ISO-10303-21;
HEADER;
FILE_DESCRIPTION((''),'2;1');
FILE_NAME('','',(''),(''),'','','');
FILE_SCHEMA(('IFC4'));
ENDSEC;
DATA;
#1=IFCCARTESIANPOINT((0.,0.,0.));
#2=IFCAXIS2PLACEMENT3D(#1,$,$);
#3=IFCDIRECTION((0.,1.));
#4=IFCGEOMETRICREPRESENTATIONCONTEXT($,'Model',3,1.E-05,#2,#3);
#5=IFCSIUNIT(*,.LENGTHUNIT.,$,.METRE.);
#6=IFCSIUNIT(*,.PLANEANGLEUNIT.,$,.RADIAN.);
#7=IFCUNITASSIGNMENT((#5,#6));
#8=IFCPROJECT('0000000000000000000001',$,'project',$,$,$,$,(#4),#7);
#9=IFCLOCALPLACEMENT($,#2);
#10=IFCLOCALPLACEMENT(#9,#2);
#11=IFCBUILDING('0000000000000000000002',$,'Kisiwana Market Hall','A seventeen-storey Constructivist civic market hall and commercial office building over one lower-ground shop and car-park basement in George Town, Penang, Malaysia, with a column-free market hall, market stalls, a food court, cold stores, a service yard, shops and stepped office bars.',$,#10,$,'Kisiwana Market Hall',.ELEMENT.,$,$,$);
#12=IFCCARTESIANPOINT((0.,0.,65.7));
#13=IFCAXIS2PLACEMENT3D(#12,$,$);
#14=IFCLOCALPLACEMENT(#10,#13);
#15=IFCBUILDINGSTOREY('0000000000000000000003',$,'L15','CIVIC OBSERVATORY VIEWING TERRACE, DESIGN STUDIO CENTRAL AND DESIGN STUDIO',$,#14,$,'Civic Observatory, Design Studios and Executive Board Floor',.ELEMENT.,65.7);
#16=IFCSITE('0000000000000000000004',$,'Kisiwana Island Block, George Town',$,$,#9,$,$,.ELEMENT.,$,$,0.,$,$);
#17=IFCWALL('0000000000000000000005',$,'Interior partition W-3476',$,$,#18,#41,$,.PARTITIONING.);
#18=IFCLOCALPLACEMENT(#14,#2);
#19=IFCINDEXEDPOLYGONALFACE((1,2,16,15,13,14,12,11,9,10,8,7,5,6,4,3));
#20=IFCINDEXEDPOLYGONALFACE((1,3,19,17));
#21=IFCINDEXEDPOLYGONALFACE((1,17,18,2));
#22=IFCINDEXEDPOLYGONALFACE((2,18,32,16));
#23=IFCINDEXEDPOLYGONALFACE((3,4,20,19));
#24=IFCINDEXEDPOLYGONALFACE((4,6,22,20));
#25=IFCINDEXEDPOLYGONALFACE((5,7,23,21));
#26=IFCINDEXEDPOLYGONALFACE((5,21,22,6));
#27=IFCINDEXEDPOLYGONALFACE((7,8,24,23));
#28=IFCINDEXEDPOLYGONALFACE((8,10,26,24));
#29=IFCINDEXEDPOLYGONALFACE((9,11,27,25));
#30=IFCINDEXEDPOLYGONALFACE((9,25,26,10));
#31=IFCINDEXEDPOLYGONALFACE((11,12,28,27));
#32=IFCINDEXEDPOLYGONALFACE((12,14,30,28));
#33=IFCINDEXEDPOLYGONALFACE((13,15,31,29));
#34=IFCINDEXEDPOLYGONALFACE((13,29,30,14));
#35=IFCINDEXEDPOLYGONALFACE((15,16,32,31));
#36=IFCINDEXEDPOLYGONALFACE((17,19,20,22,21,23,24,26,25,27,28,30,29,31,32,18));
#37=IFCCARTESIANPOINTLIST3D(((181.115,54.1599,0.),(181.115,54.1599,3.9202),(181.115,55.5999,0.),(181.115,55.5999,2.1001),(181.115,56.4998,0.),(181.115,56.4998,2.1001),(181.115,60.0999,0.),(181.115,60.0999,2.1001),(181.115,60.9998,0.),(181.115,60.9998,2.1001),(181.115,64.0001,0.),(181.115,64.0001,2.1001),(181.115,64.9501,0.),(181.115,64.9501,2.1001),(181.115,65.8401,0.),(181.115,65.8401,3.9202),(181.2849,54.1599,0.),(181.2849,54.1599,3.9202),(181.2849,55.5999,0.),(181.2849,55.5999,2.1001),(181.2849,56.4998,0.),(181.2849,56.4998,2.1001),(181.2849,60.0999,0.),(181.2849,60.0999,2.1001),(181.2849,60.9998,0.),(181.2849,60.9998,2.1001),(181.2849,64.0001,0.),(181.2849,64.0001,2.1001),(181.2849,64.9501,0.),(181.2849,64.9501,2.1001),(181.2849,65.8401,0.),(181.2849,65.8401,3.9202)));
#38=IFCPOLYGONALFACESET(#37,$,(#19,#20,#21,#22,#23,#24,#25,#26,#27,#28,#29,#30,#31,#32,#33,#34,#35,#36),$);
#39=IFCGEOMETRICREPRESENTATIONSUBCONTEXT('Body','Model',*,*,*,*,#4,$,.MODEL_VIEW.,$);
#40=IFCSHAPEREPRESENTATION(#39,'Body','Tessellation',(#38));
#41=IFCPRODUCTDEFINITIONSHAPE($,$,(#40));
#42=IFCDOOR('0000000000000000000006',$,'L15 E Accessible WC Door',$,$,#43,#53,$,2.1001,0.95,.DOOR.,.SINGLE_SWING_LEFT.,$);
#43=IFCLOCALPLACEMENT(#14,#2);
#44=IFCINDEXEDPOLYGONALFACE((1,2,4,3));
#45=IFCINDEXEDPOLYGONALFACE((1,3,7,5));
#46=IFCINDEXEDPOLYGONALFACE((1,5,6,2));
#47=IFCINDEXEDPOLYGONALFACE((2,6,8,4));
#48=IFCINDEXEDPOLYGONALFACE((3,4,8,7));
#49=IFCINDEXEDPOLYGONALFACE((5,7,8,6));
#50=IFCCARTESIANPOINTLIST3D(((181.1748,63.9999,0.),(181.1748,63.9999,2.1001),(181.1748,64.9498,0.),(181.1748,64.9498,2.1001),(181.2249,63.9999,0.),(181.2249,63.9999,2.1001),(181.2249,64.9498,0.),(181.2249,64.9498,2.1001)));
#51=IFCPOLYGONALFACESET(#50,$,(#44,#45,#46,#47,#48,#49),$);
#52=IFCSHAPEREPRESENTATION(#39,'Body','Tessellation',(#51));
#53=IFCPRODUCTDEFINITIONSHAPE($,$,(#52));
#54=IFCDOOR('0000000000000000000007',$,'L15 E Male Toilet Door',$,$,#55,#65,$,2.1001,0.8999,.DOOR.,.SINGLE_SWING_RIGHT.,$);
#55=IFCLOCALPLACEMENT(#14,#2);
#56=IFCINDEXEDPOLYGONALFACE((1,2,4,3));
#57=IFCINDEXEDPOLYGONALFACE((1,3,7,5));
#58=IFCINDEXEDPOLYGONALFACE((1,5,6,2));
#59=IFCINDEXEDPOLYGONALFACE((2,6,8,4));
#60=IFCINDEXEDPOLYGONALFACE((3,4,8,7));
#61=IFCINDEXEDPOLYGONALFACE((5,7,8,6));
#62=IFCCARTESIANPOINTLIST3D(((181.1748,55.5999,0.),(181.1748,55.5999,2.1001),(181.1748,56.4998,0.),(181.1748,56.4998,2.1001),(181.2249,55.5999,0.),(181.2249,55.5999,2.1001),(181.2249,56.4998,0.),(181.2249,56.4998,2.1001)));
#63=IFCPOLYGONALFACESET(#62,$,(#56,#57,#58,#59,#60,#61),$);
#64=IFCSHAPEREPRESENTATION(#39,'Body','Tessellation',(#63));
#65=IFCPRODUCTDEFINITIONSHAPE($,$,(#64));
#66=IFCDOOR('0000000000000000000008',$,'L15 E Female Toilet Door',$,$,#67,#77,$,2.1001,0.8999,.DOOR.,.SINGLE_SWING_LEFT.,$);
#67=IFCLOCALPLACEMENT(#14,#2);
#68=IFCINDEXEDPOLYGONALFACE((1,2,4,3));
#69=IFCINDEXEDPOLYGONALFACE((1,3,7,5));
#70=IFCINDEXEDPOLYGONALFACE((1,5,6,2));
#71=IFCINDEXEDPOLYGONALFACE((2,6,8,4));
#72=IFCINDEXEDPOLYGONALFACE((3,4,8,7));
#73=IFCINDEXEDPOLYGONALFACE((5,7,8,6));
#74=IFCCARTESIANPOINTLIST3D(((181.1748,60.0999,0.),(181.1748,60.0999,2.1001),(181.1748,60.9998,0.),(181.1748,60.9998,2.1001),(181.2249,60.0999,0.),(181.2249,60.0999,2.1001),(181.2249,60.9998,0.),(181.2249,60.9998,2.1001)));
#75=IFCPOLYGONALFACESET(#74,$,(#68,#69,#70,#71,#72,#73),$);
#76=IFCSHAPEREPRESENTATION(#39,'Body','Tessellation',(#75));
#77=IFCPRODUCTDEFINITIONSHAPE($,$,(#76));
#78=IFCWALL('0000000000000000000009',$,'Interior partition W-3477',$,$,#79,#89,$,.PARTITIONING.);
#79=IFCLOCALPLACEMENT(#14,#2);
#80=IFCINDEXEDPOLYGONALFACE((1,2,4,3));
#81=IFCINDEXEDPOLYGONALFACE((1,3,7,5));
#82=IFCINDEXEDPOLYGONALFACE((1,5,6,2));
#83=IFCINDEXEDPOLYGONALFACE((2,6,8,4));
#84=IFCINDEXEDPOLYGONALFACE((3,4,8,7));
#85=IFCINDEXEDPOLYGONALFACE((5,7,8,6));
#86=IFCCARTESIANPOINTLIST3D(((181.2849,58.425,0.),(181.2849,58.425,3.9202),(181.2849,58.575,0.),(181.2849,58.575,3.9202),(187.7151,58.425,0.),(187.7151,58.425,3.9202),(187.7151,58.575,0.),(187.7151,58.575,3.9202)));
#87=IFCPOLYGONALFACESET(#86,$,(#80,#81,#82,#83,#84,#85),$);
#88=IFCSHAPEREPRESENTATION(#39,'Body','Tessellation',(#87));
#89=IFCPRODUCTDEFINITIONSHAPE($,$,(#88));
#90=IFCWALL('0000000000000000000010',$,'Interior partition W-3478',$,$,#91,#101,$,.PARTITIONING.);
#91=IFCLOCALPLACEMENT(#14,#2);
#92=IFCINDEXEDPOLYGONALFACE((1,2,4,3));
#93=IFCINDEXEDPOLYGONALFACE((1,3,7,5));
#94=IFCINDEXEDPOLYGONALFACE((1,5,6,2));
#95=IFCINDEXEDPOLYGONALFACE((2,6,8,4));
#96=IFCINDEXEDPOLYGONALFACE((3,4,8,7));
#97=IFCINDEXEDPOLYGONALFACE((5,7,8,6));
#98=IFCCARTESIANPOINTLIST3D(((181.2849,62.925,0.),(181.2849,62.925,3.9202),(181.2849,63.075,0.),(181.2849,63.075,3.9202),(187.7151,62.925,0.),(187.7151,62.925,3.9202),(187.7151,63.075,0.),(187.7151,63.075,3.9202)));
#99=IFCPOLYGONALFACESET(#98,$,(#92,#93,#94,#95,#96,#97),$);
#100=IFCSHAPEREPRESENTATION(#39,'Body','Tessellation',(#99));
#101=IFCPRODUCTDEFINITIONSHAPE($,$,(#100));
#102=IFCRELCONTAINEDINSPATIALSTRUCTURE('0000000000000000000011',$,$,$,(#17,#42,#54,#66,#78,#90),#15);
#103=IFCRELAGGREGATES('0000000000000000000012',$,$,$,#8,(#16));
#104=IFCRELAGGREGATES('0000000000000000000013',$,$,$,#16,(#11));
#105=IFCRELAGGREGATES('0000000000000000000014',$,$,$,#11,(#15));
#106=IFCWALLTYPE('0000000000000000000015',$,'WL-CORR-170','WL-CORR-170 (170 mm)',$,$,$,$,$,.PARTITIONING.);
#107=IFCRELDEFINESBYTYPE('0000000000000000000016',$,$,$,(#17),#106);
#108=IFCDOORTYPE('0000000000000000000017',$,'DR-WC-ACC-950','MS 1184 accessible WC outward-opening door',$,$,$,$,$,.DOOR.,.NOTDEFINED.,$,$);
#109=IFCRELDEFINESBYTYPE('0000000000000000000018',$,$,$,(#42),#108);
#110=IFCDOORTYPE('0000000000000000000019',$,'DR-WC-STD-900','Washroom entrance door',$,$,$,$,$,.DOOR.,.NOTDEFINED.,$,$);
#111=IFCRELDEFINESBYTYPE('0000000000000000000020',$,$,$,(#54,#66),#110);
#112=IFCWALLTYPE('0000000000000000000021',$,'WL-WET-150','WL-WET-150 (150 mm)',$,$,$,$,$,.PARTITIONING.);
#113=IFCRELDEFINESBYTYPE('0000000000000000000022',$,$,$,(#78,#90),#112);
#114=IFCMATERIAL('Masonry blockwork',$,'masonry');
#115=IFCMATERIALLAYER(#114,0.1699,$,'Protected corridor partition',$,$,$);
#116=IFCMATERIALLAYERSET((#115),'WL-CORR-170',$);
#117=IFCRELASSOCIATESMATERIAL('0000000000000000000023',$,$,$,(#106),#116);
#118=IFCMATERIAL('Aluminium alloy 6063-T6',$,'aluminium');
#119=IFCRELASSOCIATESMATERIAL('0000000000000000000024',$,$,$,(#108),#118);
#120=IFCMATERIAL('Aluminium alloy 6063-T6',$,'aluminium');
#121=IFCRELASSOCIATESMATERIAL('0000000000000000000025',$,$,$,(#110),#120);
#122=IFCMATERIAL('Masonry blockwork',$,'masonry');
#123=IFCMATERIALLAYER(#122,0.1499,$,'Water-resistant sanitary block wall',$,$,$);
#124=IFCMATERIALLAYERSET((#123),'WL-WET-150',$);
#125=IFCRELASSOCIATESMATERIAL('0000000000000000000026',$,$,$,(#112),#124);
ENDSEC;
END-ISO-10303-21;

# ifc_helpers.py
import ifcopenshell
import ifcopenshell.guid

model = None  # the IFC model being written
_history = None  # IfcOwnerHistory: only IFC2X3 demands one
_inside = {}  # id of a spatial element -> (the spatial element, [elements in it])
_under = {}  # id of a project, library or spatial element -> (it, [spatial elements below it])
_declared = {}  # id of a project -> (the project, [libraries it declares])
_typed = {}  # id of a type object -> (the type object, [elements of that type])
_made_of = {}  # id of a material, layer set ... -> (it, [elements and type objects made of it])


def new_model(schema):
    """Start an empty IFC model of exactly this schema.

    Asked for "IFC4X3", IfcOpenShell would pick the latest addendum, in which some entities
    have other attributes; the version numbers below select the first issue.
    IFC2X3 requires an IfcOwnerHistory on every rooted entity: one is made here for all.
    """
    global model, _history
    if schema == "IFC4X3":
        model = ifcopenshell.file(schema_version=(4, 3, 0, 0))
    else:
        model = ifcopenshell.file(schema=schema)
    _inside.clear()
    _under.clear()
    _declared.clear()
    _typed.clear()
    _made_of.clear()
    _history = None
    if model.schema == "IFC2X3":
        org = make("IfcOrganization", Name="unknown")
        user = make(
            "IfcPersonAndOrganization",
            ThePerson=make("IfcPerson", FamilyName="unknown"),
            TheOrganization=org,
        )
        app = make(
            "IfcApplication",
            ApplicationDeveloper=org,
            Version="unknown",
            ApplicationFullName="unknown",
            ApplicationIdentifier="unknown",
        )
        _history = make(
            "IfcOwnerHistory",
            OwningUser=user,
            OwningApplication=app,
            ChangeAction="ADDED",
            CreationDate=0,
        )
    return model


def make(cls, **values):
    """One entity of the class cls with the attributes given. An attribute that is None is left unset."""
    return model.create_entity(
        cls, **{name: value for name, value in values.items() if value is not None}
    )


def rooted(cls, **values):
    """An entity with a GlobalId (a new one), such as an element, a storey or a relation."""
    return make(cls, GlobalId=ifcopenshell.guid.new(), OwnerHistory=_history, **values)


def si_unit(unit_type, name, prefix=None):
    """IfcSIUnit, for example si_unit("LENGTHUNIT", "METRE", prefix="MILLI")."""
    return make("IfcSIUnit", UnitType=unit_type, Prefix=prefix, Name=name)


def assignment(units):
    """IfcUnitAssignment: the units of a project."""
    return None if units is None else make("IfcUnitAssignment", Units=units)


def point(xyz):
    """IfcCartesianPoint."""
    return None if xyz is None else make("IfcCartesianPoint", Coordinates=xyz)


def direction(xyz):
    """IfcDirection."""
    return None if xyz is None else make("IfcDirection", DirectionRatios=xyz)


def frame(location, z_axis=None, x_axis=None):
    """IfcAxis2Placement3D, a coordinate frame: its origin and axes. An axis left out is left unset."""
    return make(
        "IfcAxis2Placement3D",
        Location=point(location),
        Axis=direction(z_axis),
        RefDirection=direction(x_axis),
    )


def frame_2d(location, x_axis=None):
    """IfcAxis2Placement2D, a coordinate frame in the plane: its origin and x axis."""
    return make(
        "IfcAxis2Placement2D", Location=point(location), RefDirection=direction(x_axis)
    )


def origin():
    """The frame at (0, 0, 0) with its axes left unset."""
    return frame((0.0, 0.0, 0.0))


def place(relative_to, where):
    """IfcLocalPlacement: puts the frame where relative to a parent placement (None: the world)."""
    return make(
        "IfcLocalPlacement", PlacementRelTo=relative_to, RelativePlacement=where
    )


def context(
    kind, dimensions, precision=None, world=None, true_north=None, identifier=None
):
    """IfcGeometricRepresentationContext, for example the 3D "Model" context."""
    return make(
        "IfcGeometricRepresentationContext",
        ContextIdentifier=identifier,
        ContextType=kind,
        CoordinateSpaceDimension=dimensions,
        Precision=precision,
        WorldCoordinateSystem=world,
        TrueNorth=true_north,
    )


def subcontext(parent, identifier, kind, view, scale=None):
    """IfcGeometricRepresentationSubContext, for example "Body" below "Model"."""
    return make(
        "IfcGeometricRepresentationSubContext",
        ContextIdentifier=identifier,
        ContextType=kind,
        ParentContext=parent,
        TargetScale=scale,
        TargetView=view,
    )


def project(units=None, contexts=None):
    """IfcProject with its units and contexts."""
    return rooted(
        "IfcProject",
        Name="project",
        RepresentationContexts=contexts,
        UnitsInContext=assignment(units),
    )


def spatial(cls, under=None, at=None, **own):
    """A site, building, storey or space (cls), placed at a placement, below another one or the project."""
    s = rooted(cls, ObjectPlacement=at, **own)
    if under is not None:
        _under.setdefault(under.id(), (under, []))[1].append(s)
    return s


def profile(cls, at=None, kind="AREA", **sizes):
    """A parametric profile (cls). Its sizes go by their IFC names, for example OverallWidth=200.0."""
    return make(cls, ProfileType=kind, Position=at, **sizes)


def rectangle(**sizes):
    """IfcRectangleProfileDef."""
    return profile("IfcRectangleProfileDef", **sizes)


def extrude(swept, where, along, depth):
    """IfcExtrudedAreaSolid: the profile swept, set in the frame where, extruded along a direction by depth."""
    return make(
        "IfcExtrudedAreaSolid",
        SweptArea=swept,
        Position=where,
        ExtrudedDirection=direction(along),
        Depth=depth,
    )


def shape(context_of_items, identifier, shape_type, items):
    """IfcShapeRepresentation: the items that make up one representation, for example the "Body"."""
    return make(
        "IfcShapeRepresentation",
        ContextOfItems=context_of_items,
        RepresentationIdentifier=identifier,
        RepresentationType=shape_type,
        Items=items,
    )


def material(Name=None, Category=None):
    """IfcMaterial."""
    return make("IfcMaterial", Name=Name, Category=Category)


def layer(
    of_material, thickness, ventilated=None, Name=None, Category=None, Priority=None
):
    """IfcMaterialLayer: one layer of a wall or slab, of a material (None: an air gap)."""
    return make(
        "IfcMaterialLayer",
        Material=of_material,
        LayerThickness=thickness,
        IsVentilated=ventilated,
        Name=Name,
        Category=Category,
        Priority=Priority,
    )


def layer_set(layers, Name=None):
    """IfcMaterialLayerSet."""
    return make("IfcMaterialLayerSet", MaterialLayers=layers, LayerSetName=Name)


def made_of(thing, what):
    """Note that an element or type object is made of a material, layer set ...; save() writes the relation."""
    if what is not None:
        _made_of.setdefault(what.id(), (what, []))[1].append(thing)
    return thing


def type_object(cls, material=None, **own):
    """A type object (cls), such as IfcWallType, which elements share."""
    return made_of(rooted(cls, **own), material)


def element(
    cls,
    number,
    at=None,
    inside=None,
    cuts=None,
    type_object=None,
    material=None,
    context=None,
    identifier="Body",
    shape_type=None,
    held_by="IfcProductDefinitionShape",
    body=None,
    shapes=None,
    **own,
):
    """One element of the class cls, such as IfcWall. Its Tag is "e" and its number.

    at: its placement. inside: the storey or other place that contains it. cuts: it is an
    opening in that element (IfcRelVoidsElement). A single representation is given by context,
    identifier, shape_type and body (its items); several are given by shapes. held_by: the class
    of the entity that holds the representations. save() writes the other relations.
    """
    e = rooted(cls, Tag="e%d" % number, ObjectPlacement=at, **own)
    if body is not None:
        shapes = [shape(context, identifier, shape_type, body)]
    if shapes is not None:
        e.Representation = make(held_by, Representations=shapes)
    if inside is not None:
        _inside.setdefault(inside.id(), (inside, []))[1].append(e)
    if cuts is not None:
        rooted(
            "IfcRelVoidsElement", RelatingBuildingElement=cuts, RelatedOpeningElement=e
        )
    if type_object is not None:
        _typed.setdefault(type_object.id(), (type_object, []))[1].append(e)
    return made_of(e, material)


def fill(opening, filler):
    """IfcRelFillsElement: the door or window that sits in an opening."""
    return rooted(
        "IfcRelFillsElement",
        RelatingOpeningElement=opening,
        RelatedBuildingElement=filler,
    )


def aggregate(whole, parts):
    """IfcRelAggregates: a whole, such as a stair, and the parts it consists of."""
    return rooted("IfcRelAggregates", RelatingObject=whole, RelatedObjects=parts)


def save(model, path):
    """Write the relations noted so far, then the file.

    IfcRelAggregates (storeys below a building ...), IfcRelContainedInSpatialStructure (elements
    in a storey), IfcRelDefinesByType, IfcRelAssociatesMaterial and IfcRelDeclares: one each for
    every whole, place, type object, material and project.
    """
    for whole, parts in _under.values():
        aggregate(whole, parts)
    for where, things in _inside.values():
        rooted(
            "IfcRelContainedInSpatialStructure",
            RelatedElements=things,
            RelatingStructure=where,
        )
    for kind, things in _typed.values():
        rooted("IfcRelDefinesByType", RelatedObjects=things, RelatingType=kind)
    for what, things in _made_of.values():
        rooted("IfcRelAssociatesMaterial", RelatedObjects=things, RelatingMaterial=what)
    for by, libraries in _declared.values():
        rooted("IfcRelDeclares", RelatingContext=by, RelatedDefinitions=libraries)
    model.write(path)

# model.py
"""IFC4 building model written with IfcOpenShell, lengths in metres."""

from ifc_helpers import new_model, si_unit, direction, frame, frame_2d, origin, place, context, subcontext, project, spatial, rectangle, extrude, material, layer, layer_set, type_object, element, fill, save


model = new_model("IFC4")

# Units and contexts
model_context = context("Model", 3, precision=1e-05, world=origin(), true_north=direction((0.0, 1.0)))
body_context = subcontext(model_context, "Body", "Model", "MODEL_VIEW")
ifc_project = project(units=[si_unit("LENGTHUNIT", "METRE"), si_unit("PLANEANGLEUNIT", "RADIAN")], contexts=[model_context])

# Site, building, storey
site_placement = place(None, origin())
site = spatial("IfcSite", under=ifc_project, at=site_placement, Name="Kisiwana Island Block, George Town", CompositionType="ELEMENT", RefElevation=0.0)
building_placement = place(site_placement, origin())
building = spatial("IfcBuilding", under=site, at=building_placement, Name="Kisiwana Market Hall", Description="A seventeen-storey Constructivist civic market hall and commercial office building over one lower-ground shop and car-park basement in George Town, Penang, Malaysia, with a column-free market hall, market stalls, a food court, cold stores, a service yard, shops and stepped office bars.", LongName="Kisiwana Market Hall", CompositionType="ELEMENT")
storey_placement = place(building_placement, frame((0.0, 0.0, 65.7)))
storey = spatial("IfcBuildingStorey", under=building, at=storey_placement, Name="L15", Description="CIVIC OBSERVATORY VIEWING TERRACE, DESIGN STUDIO CENTRAL AND DESIGN STUDIO", LongName="Civic Observatory, Design Studios and Executive Board Floor", CompositionType="ELEMENT", Elevation=65.7)

# Wall, openings, doors
ifc_material_1 = material(Name="Masonry blockwork", Category="masonry")
ifc_layer_1 = layer(ifc_material_1, 0.1699, Name="Protected corridor partition")
ifc_layer_set_1 = layer_set([ifc_layer_1], Name="WL-CORR-170")
wall_type_1 = type_object("IfcWallType", Name="WL-CORR-170", Description="WL-CORR-170 (170 mm)", PredefinedType="PARTITIONING", material=ifc_layer_set_1)
wall_1_placement = place(storey_placement, frame((181.2, 54.1599, 0.0), z_axis=(0.0, 0.0, 1.0), x_axis=(0.0, 1.0, 0.0)))
wall_1 = element("IfcWall", 1, at=wall_1_placement, inside=storey, type_object=wall_type_1, Name="Interior partition W-3476", PredefinedType="PARTITIONING", context=body_context, shape_type="SweptSolid", body=[
    extrude(rectangle(XDim=11.6802, YDim=0.1699, at=frame_2d((5.8401, 0.0))), origin(), (0.0, 0.0, 1.0), 3.9202),
])
opening_1_placement = place(wall_1_placement, frame((1.4399, 0.0, 0.0)))
opening_1 = element("IfcOpeningElement", 2, at=opening_1_placement, cuts=wall_1, PredefinedType="OPENING", context=body_context, shape_type="SweptSolid", body=[
    extrude(rectangle(XDim=0.8999, YDim=2.1001, at=frame_2d((0.45, 1.05))), frame((0.0, 0.0969, 0.0), z_axis=(0.0, -1.0, 0.0), x_axis=(1.0, 0.0, 0.0)), (0.0, 0.0, 1.0), 0.1938),
])
opening_2_placement = place(wall_1_placement, frame((5.9399, 0.0, 0.0)))
opening_2 = element("IfcOpeningElement", 3, at=opening_2_placement, cuts=wall_1, PredefinedType="OPENING", context=body_context, shape_type="SweptSolid", body=[
    extrude(rectangle(XDim=0.8999, YDim=2.1001, at=frame_2d((0.45, 1.05))), frame((0.0, 0.0969, 0.0), z_axis=(0.0, -1.0, 0.0), x_axis=(1.0, 0.0, 0.0)), (0.0, 0.0, 1.0), 0.1938),
])
opening_3_placement = place(wall_1_placement, frame((9.8401, 0.0, 0.0)))
opening_3 = element("IfcOpeningElement", 4, at=opening_3_placement, cuts=wall_1, PredefinedType="OPENING", context=body_context, shape_type="SweptSolid", body=[
    extrude(rectangle(XDim=0.95, YDim=2.1001, at=frame_2d((0.4751, 1.05))), frame((0.0, 0.0969, 0.0), z_axis=(0.0, -1.0, 0.0), x_axis=(1.0, 0.0, 0.0)), (0.0, 0.0, 1.0), 0.1938),
])
ifc_material_2 = material(Name="Aluminium alloy 6063-T6", Category="aluminium")
door_type_1 = type_object("IfcDoorType", Name="DR-WC-ACC-950", Description="MS 1184 accessible WC outward-opening door", OperationType="NOTDEFINED", PredefinedType="DOOR", material=ifc_material_2)
door_1_placement = place(opening_3_placement, frame((0.95, 0.0, 0.0), z_axis=(0.0, 0.0, 1.0), x_axis=(-1.0, 0.0, 0.0)))
door_1 = element("IfcDoor", 5, at=door_1_placement, inside=storey, type_object=door_type_1, Name="L15 E Accessible WC Door", OperationType="SINGLE_SWING_LEFT", OverallHeight=2.1001, OverallWidth=0.95, PredefinedType="DOOR", context=body_context, shape_type="SweptSolid", body=[
    extrude(rectangle(XDim=0.95, YDim=2.1001, at=frame_2d((0.4751, 1.05))), frame((0.0, 0.0249, 0.0), z_axis=(0.0, -1.0, 0.0), x_axis=(1.0, 0.0, 0.0)), (0.0, 0.0, 1.0), 0.05),
])
fill(opening_3, door_1)
ifc_material_3 = material(Name="Aluminium alloy 6063-T6", Category="aluminium")
door_type_2 = type_object("IfcDoorType", Name="DR-WC-STD-900", Description="Washroom entrance door", OperationType="NOTDEFINED", PredefinedType="DOOR", material=ifc_material_3)
door_2_placement = place(opening_1_placement, frame((0.8999, 0.0, 0.0), z_axis=(0.0, 0.0, 1.0), x_axis=(-1.0, 0.0, 0.0)))
door_2 = element("IfcDoor", 6, at=door_2_placement, inside=storey, type_object=door_type_2, Name="L15 E Male Toilet Door", OperationType="SINGLE_SWING_RIGHT", OverallHeight=2.1001, OverallWidth=0.8999, PredefinedType="DOOR", context=body_context, shape_type="SweptSolid", body=[
    extrude(rectangle(XDim=0.8999, YDim=2.1001, at=frame_2d((0.45, 1.05))), frame((0.0, 0.0249, 0.0), z_axis=(0.0, -1.0, 0.0), x_axis=(1.0, 0.0, 0.0)), (0.0, 0.0, 1.0), 0.05),
])
fill(opening_1, door_2)
door_3_placement = place(opening_2_placement, frame((0.8999, 0.0, 0.0), z_axis=(0.0, 0.0, 1.0), x_axis=(-1.0, 0.0, 0.0)))
door_3 = element("IfcDoor", 7, at=door_3_placement, inside=storey, type_object=door_type_2, Name="L15 E Female Toilet Door", OperationType="SINGLE_SWING_LEFT", OverallHeight=2.1001, OverallWidth=0.8999, PredefinedType="DOOR", context=body_context, shape_type="SweptSolid", body=[
    extrude(rectangle(XDim=0.8999, YDim=2.1001, at=frame_2d((0.45, 1.05))), frame((0.0, 0.0249, 0.0), z_axis=(0.0, -1.0, 0.0), x_axis=(1.0, 0.0, 0.0)), (0.0, 0.0, 1.0), 0.05),
])
fill(opening_2, door_3)

# Walls
ifc_material_4 = material(Name="Masonry blockwork", Category="masonry")
ifc_layer_2 = layer(ifc_material_4, 0.1499, Name="Water-resistant sanitary block wall")
ifc_layer_set_2 = layer_set([ifc_layer_2], Name="WL-WET-150")
wall_type_2 = type_object("IfcWallType", Name="WL-WET-150", Description="WL-WET-150 (150 mm)", PredefinedType="PARTITIONING", material=ifc_layer_set_2)
for number, where, z_axis, x_axis, name in (
    (8, (181.2849, 58.5, 0.0), (0.0, 0.0, 1.0), (1.0, 0.0, 0.0), "Interior partition W-3477"),
    (9, (181.2849, 63.0, 0.0), (0.0, 0.0, 1.0), (1.0, 0.0, 0.0), "Interior partition W-3478"),
):
    element("IfcWall", number, at=place(storey_placement, frame(where, z_axis=z_axis, x_axis=x_axis)), inside=storey, type_object=wall_type_2, Name=name, PredefinedType="PARTITIONING", context=body_context, shape_type="SweptSolid", body=[
        extrude(rectangle(XDim=6.4302, YDim=0.1499, at=frame_2d((3.2151, 0.0))), origin(), (0.0, 0.0, 1.0), 3.9202),
    ])

save(model, "model.ifc")
